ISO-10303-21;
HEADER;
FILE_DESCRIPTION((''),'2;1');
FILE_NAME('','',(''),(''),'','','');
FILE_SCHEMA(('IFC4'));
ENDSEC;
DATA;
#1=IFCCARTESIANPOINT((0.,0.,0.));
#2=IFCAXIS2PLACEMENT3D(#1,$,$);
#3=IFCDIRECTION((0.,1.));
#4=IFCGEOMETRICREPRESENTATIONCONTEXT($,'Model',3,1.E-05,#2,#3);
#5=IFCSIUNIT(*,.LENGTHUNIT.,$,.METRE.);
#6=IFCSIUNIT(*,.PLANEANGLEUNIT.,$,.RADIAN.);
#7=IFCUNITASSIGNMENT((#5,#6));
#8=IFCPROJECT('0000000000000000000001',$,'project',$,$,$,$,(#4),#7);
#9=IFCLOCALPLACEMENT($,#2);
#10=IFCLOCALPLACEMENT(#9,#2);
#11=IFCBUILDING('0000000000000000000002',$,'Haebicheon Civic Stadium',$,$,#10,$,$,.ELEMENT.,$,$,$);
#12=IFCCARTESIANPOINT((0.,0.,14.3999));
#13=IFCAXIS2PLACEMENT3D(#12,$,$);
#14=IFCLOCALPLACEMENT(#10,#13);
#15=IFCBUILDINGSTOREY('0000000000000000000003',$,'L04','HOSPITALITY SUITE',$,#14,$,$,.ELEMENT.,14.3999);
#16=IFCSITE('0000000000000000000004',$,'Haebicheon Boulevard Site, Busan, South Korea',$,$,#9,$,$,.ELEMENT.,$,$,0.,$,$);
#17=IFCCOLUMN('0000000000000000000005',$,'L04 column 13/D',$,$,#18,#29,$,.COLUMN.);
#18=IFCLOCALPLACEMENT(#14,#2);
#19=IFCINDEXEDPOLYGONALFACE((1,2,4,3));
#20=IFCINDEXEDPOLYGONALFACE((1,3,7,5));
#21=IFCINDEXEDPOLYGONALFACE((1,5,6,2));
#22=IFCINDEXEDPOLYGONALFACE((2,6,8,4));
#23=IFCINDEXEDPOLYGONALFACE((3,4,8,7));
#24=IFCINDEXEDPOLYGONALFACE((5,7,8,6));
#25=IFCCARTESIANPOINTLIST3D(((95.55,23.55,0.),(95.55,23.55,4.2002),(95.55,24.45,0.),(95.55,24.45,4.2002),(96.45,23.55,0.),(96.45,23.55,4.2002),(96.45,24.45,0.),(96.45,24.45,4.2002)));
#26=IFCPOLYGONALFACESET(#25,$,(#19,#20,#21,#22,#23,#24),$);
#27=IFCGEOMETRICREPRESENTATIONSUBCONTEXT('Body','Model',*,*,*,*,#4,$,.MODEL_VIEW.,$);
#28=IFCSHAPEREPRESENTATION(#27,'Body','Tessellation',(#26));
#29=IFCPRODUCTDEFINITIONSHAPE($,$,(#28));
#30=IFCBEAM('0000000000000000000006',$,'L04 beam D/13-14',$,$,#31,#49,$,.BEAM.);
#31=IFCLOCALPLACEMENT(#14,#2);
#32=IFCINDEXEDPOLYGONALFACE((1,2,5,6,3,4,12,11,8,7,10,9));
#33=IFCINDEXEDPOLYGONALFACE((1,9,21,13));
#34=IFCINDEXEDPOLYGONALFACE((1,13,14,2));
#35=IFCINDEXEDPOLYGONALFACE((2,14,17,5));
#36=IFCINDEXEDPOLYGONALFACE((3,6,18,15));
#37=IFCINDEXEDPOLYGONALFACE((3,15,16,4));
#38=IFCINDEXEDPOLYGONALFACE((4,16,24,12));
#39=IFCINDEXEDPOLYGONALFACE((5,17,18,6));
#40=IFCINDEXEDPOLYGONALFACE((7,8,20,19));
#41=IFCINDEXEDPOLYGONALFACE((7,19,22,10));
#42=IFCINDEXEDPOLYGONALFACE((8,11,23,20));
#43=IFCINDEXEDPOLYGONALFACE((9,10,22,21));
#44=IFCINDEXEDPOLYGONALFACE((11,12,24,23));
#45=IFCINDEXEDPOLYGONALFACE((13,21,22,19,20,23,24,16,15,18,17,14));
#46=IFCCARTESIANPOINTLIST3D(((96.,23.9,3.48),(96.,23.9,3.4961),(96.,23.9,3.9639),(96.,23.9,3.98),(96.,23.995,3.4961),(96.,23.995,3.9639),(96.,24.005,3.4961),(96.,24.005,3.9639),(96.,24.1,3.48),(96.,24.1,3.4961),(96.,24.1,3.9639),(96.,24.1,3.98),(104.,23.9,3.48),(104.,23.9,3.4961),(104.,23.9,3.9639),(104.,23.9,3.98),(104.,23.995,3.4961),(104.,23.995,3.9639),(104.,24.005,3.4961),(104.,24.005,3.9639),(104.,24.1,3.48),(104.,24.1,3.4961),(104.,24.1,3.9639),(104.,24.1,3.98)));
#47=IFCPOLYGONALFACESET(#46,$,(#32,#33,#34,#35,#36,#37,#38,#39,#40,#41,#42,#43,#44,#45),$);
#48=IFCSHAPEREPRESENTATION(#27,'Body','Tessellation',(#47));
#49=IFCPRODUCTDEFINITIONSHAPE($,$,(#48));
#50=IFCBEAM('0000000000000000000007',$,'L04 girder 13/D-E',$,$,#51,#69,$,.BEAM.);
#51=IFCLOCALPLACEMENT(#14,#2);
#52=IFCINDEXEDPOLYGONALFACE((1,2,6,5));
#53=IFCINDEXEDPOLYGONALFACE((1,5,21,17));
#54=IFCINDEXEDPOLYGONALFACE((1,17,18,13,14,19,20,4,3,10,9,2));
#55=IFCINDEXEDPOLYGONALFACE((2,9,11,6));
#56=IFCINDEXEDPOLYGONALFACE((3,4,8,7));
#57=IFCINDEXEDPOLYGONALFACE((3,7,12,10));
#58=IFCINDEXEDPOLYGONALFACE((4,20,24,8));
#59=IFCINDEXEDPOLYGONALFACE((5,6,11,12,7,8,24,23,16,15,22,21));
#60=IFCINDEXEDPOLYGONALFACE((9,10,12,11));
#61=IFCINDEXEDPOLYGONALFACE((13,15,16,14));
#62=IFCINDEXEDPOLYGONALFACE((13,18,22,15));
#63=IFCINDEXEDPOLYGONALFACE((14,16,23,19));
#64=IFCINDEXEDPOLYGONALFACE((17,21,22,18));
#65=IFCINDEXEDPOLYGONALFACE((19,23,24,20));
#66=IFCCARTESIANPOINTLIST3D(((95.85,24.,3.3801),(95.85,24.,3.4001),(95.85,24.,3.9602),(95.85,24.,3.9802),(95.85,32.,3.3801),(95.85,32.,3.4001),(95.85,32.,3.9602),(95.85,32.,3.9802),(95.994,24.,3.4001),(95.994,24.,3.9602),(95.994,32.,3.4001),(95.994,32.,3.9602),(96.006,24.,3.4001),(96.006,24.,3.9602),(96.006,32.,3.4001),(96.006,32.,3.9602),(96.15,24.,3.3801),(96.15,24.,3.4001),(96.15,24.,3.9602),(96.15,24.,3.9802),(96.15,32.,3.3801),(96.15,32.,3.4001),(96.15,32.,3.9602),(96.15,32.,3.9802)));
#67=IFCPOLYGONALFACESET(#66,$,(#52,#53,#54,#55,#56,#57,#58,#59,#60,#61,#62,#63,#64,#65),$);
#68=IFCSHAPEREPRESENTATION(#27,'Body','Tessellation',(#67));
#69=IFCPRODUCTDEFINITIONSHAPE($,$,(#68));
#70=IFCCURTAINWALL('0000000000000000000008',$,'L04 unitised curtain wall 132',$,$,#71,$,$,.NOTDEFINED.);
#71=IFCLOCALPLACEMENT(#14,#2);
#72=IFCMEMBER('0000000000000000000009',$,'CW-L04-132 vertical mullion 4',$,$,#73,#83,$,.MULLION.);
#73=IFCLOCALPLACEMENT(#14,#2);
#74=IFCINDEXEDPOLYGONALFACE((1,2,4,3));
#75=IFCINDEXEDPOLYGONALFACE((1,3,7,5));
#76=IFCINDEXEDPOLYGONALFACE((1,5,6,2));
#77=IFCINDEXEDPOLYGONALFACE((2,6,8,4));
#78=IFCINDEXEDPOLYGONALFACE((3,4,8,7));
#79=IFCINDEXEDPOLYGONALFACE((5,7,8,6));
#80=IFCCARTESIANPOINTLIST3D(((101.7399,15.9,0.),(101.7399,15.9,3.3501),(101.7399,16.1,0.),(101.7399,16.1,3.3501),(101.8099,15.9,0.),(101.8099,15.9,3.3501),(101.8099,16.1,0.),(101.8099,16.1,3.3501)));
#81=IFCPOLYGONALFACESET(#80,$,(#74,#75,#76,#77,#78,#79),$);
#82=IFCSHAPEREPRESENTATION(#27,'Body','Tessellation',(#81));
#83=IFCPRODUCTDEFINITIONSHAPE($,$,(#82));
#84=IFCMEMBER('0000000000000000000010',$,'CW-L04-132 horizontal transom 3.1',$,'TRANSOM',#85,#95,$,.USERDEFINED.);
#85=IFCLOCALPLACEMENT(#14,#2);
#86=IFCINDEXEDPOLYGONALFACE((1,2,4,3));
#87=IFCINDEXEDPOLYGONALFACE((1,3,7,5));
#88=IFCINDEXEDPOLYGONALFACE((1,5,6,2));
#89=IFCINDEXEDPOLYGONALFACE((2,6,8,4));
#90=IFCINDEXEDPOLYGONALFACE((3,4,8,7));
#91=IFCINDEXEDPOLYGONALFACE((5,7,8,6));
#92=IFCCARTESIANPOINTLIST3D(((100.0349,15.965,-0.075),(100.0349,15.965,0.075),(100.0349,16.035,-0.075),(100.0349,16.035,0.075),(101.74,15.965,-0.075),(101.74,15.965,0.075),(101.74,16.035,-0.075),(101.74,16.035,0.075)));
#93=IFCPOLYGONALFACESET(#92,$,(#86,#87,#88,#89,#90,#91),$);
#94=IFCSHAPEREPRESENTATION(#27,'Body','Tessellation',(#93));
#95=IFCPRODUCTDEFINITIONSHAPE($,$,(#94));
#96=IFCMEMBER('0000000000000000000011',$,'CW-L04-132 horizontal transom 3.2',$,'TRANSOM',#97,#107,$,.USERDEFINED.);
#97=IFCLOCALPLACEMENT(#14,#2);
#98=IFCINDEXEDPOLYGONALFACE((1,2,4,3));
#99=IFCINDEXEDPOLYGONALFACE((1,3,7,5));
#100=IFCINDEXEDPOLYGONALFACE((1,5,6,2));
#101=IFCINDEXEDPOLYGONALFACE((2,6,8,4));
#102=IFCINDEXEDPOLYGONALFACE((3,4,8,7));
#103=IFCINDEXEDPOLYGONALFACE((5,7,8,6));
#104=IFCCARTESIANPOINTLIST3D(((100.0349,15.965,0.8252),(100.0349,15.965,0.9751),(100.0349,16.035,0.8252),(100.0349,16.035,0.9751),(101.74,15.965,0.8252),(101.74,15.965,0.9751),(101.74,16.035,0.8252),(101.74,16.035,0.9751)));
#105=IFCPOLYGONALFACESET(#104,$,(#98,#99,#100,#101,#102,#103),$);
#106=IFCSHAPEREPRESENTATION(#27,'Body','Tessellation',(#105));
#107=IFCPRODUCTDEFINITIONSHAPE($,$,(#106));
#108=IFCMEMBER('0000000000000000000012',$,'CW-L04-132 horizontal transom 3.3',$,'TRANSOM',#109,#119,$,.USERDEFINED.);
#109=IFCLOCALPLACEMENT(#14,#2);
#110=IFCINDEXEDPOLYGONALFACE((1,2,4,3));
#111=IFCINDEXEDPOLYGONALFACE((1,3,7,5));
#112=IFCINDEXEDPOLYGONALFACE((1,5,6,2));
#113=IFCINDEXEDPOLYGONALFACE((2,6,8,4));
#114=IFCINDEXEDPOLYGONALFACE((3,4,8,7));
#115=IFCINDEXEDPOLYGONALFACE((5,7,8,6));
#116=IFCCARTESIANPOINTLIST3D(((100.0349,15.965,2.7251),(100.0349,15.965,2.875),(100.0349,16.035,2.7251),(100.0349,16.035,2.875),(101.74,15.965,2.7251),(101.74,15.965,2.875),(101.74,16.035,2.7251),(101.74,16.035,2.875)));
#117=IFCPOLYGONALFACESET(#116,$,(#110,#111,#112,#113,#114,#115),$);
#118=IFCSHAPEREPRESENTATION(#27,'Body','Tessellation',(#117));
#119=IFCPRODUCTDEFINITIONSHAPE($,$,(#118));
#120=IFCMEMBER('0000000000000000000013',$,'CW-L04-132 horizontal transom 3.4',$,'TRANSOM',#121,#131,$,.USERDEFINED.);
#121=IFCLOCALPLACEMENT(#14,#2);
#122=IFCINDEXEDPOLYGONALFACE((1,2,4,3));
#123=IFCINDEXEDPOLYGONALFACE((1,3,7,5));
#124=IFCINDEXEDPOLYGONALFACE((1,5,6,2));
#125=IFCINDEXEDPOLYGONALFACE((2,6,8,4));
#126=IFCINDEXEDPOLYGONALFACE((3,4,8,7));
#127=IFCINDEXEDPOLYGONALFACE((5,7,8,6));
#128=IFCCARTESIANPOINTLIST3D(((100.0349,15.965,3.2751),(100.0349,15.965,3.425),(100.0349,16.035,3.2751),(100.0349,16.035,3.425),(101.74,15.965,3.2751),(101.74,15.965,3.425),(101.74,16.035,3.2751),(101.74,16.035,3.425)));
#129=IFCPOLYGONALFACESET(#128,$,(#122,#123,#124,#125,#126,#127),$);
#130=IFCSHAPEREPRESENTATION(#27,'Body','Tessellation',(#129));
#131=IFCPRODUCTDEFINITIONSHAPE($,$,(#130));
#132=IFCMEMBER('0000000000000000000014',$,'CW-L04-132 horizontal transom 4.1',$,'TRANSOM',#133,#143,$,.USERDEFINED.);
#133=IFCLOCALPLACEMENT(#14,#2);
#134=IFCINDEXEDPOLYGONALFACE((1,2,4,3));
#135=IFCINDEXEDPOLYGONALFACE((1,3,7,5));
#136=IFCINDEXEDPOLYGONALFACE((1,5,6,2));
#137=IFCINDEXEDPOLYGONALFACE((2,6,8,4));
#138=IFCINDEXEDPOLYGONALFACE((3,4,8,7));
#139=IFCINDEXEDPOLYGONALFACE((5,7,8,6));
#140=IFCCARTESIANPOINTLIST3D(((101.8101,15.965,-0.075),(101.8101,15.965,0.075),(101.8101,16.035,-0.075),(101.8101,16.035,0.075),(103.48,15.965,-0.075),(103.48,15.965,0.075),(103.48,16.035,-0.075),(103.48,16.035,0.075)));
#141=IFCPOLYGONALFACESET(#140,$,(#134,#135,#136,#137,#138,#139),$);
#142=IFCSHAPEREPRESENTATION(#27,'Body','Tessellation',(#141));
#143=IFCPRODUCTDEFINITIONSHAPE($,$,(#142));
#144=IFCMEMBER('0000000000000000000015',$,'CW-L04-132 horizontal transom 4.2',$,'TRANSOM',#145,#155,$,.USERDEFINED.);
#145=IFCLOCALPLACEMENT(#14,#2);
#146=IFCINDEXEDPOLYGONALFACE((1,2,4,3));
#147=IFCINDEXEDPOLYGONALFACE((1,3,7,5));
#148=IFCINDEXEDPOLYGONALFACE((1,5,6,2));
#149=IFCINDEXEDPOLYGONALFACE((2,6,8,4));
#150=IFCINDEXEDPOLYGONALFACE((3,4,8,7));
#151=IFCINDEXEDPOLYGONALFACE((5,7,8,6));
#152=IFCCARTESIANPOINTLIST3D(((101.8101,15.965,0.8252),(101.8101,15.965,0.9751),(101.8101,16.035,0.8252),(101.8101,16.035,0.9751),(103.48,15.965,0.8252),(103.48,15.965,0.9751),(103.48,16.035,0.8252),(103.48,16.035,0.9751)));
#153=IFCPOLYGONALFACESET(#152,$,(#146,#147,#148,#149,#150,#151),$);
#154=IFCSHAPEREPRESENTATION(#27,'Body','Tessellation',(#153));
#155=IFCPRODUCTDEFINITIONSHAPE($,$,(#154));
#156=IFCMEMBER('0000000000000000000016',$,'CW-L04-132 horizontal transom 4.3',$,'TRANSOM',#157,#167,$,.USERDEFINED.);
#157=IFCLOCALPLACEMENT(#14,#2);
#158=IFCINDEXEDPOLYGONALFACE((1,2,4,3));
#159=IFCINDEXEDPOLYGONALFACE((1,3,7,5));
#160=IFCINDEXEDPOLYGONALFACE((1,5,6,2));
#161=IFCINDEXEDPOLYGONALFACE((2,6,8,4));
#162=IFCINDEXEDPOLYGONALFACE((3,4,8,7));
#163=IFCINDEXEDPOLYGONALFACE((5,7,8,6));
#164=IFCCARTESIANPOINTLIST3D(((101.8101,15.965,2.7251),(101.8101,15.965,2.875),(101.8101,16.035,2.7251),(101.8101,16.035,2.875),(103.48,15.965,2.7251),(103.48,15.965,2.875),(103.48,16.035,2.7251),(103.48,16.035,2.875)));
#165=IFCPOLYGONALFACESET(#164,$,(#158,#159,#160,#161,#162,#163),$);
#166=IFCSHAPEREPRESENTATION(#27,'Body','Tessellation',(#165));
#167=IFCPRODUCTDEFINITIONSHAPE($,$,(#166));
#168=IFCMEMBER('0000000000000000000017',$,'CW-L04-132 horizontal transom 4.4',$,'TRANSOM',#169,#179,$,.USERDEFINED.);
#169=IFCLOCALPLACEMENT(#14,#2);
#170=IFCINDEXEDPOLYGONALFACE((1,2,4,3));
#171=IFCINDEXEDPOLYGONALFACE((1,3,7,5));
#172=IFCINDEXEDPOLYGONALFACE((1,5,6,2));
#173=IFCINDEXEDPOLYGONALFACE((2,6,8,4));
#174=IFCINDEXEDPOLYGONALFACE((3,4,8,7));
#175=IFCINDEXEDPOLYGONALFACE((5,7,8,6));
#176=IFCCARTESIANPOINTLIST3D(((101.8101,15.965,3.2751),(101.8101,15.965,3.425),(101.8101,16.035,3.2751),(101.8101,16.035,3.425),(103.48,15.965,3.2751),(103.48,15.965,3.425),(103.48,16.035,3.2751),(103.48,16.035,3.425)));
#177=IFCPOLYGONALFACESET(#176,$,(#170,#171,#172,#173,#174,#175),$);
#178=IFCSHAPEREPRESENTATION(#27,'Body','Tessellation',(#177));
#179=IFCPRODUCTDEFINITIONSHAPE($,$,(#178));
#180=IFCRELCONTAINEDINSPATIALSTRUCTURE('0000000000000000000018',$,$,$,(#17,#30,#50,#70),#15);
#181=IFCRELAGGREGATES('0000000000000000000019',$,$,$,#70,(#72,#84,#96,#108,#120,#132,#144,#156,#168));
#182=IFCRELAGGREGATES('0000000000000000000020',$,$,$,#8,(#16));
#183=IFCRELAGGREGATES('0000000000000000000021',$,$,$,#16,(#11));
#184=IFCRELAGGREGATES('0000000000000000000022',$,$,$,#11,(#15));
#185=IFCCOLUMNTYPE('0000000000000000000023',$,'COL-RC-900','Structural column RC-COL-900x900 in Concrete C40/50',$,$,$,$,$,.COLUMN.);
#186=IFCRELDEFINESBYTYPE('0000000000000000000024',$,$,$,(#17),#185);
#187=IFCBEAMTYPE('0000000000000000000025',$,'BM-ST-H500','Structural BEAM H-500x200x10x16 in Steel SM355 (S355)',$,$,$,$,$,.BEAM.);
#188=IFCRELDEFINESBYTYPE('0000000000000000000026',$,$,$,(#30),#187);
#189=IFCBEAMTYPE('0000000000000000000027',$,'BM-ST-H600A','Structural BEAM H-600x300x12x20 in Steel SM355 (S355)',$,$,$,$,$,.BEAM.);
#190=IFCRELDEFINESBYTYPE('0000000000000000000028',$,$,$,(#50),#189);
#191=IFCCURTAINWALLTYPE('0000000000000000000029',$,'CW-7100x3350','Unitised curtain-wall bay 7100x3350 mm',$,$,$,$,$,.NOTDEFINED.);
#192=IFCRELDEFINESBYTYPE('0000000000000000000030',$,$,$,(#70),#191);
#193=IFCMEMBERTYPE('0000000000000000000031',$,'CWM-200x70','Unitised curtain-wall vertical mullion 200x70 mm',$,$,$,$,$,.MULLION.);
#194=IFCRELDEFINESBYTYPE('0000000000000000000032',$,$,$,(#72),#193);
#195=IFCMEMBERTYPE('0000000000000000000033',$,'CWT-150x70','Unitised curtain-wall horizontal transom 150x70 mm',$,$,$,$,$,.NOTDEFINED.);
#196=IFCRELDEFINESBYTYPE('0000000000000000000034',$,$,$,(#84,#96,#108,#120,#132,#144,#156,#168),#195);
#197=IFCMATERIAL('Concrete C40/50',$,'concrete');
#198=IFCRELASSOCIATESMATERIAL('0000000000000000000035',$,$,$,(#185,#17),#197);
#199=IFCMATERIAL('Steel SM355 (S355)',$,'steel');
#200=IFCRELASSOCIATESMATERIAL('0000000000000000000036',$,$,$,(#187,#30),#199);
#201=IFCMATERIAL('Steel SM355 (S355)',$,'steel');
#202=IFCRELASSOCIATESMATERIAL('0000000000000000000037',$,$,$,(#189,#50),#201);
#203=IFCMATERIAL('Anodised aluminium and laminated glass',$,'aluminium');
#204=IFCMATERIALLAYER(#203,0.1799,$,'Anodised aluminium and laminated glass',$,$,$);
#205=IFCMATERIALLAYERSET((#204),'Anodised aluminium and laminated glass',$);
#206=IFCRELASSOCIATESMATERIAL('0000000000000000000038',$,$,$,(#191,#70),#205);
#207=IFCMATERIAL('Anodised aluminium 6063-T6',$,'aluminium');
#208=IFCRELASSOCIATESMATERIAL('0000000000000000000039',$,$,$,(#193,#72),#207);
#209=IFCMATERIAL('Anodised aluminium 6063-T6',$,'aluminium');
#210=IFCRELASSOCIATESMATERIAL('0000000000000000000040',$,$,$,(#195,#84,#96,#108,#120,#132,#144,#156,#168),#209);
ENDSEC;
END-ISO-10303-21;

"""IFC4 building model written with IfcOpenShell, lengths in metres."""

from ifc_helpers import new_model, si_unit, direction, frame, origin, origin_2d, place, context, subcontext, project, spatial, rectangle, i_section, extrude, material, layer, layer_set, material_profile, profile_set, type_object, element, aggregate, save


model = new_model("IFC4")

# Units and contexts
model_context = context("Model", 3, precision=1e-05, world=origin(), true_north=direction((0.0, 1.0)))
body_context = subcontext(model_context, "Body", "Model", "MODEL_VIEW")
ifc_project = project(units=[si_unit("LENGTHUNIT", "METRE"), si_unit("PLANEANGLEUNIT", "RADIAN")], contexts=[model_context])

# Site, building, storey
site_placement = place(None, origin())
site = spatial("IfcSite", under=ifc_project, at=site_placement, Name="Haebicheon Boulevard Site, Busan, South Korea", CompositionType="ELEMENT", RefElevation=0.0)
building_placement = place(site_placement, origin())
building = spatial("IfcBuilding", under=site, at=building_placement, Name="Haebicheon Civic Stadium", CompositionType="ELEMENT")
storey_placement = place(building_placement, frame((0.0, 0.0, 14.3999)))
storey = spatial("IfcBuildingStorey", under=building, at=storey_placement, Name="L04", Description="HOSPITALITY SUITE", CompositionType="ELEMENT", Elevation=14.3999)

# Column
ifc_material_1 = material(Name="Concrete C40/50", Category="concrete")
ifc_material_profile_1 = material_profile(ifc_material_1, rectangle(XDim=0.8999, YDim=0.8999, at=origin_2d()), Name="RC-COL-900x900")
ifc_profile_set_1 = profile_set([ifc_material_profile_1], Name="Concrete C40/50")
column_type = type_object("IfcColumnType", Name="COL-RC-900", Description="Structural column RC-COL-900x900 in Concrete C40/50", PredefinedType="COLUMN", material=ifc_profile_set_1)
column_placement = place(storey_placement, frame((96.0, 24.0, 0.0), z_axis=(0.0, 0.0, 1.0), x_axis=(1.0, 0.0, 0.0)))
element("IfcColumn", 1, at=column_placement, inside=storey, type_object=column_type, material=ifc_profile_set_1, Name="L04 column 13/D", PredefinedType="COLUMN", context=body_context, shape_type="SweptSolid", body=[
    extrude(rectangle(XDim=0.8999, YDim=0.8999, at=origin_2d()), origin(), (0.0, 0.0, 1.0), 4.2002),
])

# Beams
ifc_material_2 = material(Name="Steel SM355 (S355)", Category="steel")
ifc_material_profile_2 = material_profile(ifc_material_2, i_section(OverallWidth=0.2, OverallDepth=0.5, WebThickness=0.01, FlangeThickness=0.0161, at=origin_2d()), Name="H-500x200x10x16")
ifc_profile_set_2 = profile_set([ifc_material_profile_2], Name="Steel SM355 (S355)")
beam_type_1 = type_object("IfcBeamType", Name="BM-ST-H500", Description="Structural BEAM H-500x200x10x16 in Steel SM355 (S355)", PredefinedType="BEAM", material=ifc_profile_set_2)
beam_1_placement = place(storey_placement, frame((96.0, 24.0, 3.73), z_axis=(1.0, 0.0, 0.0), x_axis=(0.0, 1.0, 0.0)))
element("IfcBeam", 2, at=beam_1_placement, inside=storey, type_object=beam_type_1, material=ifc_profile_set_2, Name="L04 beam D/13-14", PredefinedType="BEAM", context=body_context, shape_type="SweptSolid", body=[
    extrude(i_section(OverallWidth=0.2, OverallDepth=0.5, WebThickness=0.01, FlangeThickness=0.0161, at=origin_2d()), origin(), (0.0, 0.0, 1.0), 8.0),
])
ifc_material_3 = material(Name="Steel SM355 (S355)", Category="steel")
ifc_material_profile_3 = material_profile(ifc_material_3, i_section(OverallWidth=0.3, OverallDepth=0.6001, WebThickness=0.012, FlangeThickness=0.02, at=origin_2d()), Name="H-600x300x12x20")
ifc_profile_set_3 = profile_set([ifc_material_profile_3], Name="Steel SM355 (S355)")
beam_type_2 = type_object("IfcBeamType", Name="BM-ST-H600A", Description="Structural BEAM H-600x300x12x20 in Steel SM355 (S355)", PredefinedType="BEAM", material=ifc_profile_set_3)
beam_2_placement = place(storey_placement, frame((96.0, 24.0, 3.6802), z_axis=(0.0, 1.0, 0.0), x_axis=(-1.0, 0.0, 0.0)))
element("IfcBeam", 3, at=beam_2_placement, inside=storey, type_object=beam_type_2, material=ifc_profile_set_3, Name="L04 girder 13/D-E", PredefinedType="BEAM", context=body_context, shape_type="SweptSolid", body=[
    extrude(i_section(OverallWidth=0.3, OverallDepth=0.6001, WebThickness=0.012, FlangeThickness=0.02, at=origin_2d()), origin(), (0.0, 0.0, 1.0), 8.0),
])

# Curtain wall, members
ifc_material_4 = material(Name="Anodised aluminium and laminated glass", Category="aluminium")
ifc_layer_1 = layer(ifc_material_4, 0.1799, Name="Anodised aluminium and laminated glass")
ifc_layer_set_1 = layer_set([ifc_layer_1], Name="Anodised aluminium and laminated glass")
curtain_wall_type = type_object("IfcCurtainWallType", Name="CW-7100x3350", Description="Unitised curtain-wall bay 7100x3350 mm", PredefinedType="NOTDEFINED", material=ifc_layer_set_1)
curtain_wall_placement = place(storey_placement, origin())
curtain_wall = element("IfcCurtainWall", 4, at=curtain_wall_placement, inside=storey, type_object=curtain_wall_type, material=ifc_layer_set_1, Name="L04 unitised curtain wall 132", PredefinedType="NOTDEFINED")
ifc_material_5 = material(Name="Anodised aluminium 6063-T6", Category="aluminium")
ifc_material_profile_4 = material_profile(ifc_material_5, rectangle(XDim=0.0701, YDim=0.2, at=origin_2d()), Name="ALU-MULL-70x200")
ifc_profile_set_4 = profile_set([ifc_material_profile_4], Name="Anodised aluminium 6063-T6")
member_type_1 = type_object("IfcMemberType", Name="CWM-200x70", Description="Unitised curtain-wall vertical mullion 200x70 mm", PredefinedType="MULLION", material=ifc_profile_set_4)
member_1_placement = place(storey_placement, frame((101.7749, 16.0, 0.0), z_axis=(0.0, 0.0, 1.0), x_axis=(1.0, 0.0, 0.0)))
member_1 = element("IfcMember", 5, at=member_1_placement, type_object=member_type_1, material=ifc_profile_set_4, Name="CW-L04-132 vertical mullion 4", PredefinedType="MULLION", context=body_context, shape_type="SweptSolid", body=[
    extrude(rectangle(XDim=0.0701, YDim=0.2, at=origin_2d()), origin(), (0.0, 0.0, 1.0), 3.3501),
])
ifc_material_6 = material(Name="Anodised aluminium 6063-T6", Category="aluminium")
ifc_material_profile_5 = material_profile(ifc_material_6, rectangle(XDim=0.0701, YDim=0.1499, at=origin_2d()), Name="ALU-TRAN-70x150")
ifc_profile_set_5 = profile_set([ifc_material_profile_5], Name="Anodised aluminium 6063-T6")
member_type_2 = type_object("IfcMemberType", Name="CWT-150x70", Description="Unitised curtain-wall horizontal transom 150x70 mm", PredefinedType="NOTDEFINED", material=ifc_profile_set_5)
member_2_placement = place(storey_placement, frame((100.0349, 16.0, 0.0), z_axis=(1.0, 0.0, 0.0), x_axis=(0.0, 1.0, 0.0)))
member_2 = element("IfcMember", 6, at=member_2_placement, type_object=member_type_2, material=ifc_profile_set_5, Name="CW-L04-132 horizontal transom 3.1", ObjectType="TRANSOM", PredefinedType="USERDEFINED", context=body_context, shape_type="SweptSolid", body=[
    extrude(rectangle(XDim=0.0701, YDim=0.1499, at=origin_2d()), origin(), (0.0, 0.0, 1.0), 1.7051),
])
member_3_placement = place(storey_placement, frame((100.0349, 16.0, 0.9001), z_axis=(1.0, 0.0, 0.0), x_axis=(0.0, 1.0, 0.0)))
member_3 = element("IfcMember", 7, at=member_3_placement, type_object=member_type_2, material=ifc_profile_set_5, Name="CW-L04-132 horizontal transom 3.2", ObjectType="TRANSOM", PredefinedType="USERDEFINED", context=body_context, shape_type="SweptSolid", body=[
    extrude(rectangle(XDim=0.0701, YDim=0.1499, at=origin_2d()), origin(), (0.0, 0.0, 1.0), 1.7051),
])
member_4_placement = place(storey_placement, frame((100.0349, 16.0, 2.8), z_axis=(1.0, 0.0, 0.0), x_axis=(0.0, 1.0, 0.0)))
member_4 = element("IfcMember", 8, at=member_4_placement, type_object=member_type_2, material=ifc_profile_set_5, Name="CW-L04-132 horizontal transom 3.3", ObjectType="TRANSOM", PredefinedType="USERDEFINED", context=body_context, shape_type="SweptSolid", body=[
    extrude(rectangle(XDim=0.0701, YDim=0.1499, at=origin_2d()), origin(), (0.0, 0.0, 1.0), 1.7051),
])
member_5_placement = place(storey_placement, frame((100.0349, 16.0, 3.3501), z_axis=(1.0, 0.0, 0.0), x_axis=(0.0, 1.0, 0.0)))
member_5 = element("IfcMember", 9, at=member_5_placement, type_object=member_type_2, material=ifc_profile_set_5, Name="CW-L04-132 horizontal transom 3.4", ObjectType="TRANSOM", PredefinedType="USERDEFINED", context=body_context, shape_type="SweptSolid", body=[
    extrude(rectangle(XDim=0.0701, YDim=0.1499, at=origin_2d()), origin(), (0.0, 0.0, 1.0), 1.7051),
])
member_6_placement = place(storey_placement, frame((101.8101, 16.0, 0.0), z_axis=(1.0, 0.0, 0.0), x_axis=(0.0, 1.0, 0.0)))
member_6 = element("IfcMember", 10, at=member_6_placement, type_object=member_type_2, material=ifc_profile_set_5, Name="CW-L04-132 horizontal transom 4.1", ObjectType="TRANSOM", PredefinedType="USERDEFINED", context=body_context, shape_type="SweptSolid", body=[
    extrude(rectangle(XDim=0.0701, YDim=0.1499, at=origin_2d()), origin(), (0.0, 0.0, 1.0), 1.6699),
])
member_7_placement = place(storey_placement, frame((101.8101, 16.0, 0.9001), z_axis=(1.0, 0.0, 0.0), x_axis=(0.0, 1.0, 0.0)))
member_7 = element("IfcMember", 11, at=member_7_placement, type_object=member_type_2, material=ifc_profile_set_5, Name="CW-L04-132 horizontal transom 4.2", ObjectType="TRANSOM", PredefinedType="USERDEFINED", context=body_context, shape_type="SweptSolid", body=[
    extrude(rectangle(XDim=0.0701, YDim=0.1499, at=origin_2d()), origin(), (0.0, 0.0, 1.0), 1.6699),
])
member_8_placement = place(storey_placement, frame((101.8101, 16.0, 2.8), z_axis=(1.0, 0.0, 0.0), x_axis=(0.0, 1.0, 0.0)))
member_8 = element("IfcMember", 12, at=member_8_placement, type_object=member_type_2, material=ifc_profile_set_5, Name="CW-L04-132 horizontal transom 4.3", ObjectType="TRANSOM", PredefinedType="USERDEFINED", context=body_context, shape_type="SweptSolid", body=[
    extrude(rectangle(XDim=0.0701, YDim=0.1499, at=origin_2d()), origin(), (0.0, 0.0, 1.0), 1.6699),
])
member_9_placement = place(storey_placement, frame((101.8101, 16.0, 3.3501), z_axis=(1.0, 0.0, 0.0), x_axis=(0.0, 1.0, 0.0)))
member_9 = element("IfcMember", 13, at=member_9_placement, type_object=member_type_2, material=ifc_profile_set_5, Name="CW-L04-132 horizontal transom 4.4", ObjectType="TRANSOM", PredefinedType="USERDEFINED", context=body_context, shape_type="SweptSolid", body=[
    extrude(rectangle(XDim=0.0701, YDim=0.1499, at=origin_2d()), origin(), (0.0, 0.0, 1.0), 1.6699),
])

aggregate(curtain_wall, [member_1, member_2, member_3, member_4, member_5, member_6, member_7, member_8, member_9])

save(model, "model.ifc")
